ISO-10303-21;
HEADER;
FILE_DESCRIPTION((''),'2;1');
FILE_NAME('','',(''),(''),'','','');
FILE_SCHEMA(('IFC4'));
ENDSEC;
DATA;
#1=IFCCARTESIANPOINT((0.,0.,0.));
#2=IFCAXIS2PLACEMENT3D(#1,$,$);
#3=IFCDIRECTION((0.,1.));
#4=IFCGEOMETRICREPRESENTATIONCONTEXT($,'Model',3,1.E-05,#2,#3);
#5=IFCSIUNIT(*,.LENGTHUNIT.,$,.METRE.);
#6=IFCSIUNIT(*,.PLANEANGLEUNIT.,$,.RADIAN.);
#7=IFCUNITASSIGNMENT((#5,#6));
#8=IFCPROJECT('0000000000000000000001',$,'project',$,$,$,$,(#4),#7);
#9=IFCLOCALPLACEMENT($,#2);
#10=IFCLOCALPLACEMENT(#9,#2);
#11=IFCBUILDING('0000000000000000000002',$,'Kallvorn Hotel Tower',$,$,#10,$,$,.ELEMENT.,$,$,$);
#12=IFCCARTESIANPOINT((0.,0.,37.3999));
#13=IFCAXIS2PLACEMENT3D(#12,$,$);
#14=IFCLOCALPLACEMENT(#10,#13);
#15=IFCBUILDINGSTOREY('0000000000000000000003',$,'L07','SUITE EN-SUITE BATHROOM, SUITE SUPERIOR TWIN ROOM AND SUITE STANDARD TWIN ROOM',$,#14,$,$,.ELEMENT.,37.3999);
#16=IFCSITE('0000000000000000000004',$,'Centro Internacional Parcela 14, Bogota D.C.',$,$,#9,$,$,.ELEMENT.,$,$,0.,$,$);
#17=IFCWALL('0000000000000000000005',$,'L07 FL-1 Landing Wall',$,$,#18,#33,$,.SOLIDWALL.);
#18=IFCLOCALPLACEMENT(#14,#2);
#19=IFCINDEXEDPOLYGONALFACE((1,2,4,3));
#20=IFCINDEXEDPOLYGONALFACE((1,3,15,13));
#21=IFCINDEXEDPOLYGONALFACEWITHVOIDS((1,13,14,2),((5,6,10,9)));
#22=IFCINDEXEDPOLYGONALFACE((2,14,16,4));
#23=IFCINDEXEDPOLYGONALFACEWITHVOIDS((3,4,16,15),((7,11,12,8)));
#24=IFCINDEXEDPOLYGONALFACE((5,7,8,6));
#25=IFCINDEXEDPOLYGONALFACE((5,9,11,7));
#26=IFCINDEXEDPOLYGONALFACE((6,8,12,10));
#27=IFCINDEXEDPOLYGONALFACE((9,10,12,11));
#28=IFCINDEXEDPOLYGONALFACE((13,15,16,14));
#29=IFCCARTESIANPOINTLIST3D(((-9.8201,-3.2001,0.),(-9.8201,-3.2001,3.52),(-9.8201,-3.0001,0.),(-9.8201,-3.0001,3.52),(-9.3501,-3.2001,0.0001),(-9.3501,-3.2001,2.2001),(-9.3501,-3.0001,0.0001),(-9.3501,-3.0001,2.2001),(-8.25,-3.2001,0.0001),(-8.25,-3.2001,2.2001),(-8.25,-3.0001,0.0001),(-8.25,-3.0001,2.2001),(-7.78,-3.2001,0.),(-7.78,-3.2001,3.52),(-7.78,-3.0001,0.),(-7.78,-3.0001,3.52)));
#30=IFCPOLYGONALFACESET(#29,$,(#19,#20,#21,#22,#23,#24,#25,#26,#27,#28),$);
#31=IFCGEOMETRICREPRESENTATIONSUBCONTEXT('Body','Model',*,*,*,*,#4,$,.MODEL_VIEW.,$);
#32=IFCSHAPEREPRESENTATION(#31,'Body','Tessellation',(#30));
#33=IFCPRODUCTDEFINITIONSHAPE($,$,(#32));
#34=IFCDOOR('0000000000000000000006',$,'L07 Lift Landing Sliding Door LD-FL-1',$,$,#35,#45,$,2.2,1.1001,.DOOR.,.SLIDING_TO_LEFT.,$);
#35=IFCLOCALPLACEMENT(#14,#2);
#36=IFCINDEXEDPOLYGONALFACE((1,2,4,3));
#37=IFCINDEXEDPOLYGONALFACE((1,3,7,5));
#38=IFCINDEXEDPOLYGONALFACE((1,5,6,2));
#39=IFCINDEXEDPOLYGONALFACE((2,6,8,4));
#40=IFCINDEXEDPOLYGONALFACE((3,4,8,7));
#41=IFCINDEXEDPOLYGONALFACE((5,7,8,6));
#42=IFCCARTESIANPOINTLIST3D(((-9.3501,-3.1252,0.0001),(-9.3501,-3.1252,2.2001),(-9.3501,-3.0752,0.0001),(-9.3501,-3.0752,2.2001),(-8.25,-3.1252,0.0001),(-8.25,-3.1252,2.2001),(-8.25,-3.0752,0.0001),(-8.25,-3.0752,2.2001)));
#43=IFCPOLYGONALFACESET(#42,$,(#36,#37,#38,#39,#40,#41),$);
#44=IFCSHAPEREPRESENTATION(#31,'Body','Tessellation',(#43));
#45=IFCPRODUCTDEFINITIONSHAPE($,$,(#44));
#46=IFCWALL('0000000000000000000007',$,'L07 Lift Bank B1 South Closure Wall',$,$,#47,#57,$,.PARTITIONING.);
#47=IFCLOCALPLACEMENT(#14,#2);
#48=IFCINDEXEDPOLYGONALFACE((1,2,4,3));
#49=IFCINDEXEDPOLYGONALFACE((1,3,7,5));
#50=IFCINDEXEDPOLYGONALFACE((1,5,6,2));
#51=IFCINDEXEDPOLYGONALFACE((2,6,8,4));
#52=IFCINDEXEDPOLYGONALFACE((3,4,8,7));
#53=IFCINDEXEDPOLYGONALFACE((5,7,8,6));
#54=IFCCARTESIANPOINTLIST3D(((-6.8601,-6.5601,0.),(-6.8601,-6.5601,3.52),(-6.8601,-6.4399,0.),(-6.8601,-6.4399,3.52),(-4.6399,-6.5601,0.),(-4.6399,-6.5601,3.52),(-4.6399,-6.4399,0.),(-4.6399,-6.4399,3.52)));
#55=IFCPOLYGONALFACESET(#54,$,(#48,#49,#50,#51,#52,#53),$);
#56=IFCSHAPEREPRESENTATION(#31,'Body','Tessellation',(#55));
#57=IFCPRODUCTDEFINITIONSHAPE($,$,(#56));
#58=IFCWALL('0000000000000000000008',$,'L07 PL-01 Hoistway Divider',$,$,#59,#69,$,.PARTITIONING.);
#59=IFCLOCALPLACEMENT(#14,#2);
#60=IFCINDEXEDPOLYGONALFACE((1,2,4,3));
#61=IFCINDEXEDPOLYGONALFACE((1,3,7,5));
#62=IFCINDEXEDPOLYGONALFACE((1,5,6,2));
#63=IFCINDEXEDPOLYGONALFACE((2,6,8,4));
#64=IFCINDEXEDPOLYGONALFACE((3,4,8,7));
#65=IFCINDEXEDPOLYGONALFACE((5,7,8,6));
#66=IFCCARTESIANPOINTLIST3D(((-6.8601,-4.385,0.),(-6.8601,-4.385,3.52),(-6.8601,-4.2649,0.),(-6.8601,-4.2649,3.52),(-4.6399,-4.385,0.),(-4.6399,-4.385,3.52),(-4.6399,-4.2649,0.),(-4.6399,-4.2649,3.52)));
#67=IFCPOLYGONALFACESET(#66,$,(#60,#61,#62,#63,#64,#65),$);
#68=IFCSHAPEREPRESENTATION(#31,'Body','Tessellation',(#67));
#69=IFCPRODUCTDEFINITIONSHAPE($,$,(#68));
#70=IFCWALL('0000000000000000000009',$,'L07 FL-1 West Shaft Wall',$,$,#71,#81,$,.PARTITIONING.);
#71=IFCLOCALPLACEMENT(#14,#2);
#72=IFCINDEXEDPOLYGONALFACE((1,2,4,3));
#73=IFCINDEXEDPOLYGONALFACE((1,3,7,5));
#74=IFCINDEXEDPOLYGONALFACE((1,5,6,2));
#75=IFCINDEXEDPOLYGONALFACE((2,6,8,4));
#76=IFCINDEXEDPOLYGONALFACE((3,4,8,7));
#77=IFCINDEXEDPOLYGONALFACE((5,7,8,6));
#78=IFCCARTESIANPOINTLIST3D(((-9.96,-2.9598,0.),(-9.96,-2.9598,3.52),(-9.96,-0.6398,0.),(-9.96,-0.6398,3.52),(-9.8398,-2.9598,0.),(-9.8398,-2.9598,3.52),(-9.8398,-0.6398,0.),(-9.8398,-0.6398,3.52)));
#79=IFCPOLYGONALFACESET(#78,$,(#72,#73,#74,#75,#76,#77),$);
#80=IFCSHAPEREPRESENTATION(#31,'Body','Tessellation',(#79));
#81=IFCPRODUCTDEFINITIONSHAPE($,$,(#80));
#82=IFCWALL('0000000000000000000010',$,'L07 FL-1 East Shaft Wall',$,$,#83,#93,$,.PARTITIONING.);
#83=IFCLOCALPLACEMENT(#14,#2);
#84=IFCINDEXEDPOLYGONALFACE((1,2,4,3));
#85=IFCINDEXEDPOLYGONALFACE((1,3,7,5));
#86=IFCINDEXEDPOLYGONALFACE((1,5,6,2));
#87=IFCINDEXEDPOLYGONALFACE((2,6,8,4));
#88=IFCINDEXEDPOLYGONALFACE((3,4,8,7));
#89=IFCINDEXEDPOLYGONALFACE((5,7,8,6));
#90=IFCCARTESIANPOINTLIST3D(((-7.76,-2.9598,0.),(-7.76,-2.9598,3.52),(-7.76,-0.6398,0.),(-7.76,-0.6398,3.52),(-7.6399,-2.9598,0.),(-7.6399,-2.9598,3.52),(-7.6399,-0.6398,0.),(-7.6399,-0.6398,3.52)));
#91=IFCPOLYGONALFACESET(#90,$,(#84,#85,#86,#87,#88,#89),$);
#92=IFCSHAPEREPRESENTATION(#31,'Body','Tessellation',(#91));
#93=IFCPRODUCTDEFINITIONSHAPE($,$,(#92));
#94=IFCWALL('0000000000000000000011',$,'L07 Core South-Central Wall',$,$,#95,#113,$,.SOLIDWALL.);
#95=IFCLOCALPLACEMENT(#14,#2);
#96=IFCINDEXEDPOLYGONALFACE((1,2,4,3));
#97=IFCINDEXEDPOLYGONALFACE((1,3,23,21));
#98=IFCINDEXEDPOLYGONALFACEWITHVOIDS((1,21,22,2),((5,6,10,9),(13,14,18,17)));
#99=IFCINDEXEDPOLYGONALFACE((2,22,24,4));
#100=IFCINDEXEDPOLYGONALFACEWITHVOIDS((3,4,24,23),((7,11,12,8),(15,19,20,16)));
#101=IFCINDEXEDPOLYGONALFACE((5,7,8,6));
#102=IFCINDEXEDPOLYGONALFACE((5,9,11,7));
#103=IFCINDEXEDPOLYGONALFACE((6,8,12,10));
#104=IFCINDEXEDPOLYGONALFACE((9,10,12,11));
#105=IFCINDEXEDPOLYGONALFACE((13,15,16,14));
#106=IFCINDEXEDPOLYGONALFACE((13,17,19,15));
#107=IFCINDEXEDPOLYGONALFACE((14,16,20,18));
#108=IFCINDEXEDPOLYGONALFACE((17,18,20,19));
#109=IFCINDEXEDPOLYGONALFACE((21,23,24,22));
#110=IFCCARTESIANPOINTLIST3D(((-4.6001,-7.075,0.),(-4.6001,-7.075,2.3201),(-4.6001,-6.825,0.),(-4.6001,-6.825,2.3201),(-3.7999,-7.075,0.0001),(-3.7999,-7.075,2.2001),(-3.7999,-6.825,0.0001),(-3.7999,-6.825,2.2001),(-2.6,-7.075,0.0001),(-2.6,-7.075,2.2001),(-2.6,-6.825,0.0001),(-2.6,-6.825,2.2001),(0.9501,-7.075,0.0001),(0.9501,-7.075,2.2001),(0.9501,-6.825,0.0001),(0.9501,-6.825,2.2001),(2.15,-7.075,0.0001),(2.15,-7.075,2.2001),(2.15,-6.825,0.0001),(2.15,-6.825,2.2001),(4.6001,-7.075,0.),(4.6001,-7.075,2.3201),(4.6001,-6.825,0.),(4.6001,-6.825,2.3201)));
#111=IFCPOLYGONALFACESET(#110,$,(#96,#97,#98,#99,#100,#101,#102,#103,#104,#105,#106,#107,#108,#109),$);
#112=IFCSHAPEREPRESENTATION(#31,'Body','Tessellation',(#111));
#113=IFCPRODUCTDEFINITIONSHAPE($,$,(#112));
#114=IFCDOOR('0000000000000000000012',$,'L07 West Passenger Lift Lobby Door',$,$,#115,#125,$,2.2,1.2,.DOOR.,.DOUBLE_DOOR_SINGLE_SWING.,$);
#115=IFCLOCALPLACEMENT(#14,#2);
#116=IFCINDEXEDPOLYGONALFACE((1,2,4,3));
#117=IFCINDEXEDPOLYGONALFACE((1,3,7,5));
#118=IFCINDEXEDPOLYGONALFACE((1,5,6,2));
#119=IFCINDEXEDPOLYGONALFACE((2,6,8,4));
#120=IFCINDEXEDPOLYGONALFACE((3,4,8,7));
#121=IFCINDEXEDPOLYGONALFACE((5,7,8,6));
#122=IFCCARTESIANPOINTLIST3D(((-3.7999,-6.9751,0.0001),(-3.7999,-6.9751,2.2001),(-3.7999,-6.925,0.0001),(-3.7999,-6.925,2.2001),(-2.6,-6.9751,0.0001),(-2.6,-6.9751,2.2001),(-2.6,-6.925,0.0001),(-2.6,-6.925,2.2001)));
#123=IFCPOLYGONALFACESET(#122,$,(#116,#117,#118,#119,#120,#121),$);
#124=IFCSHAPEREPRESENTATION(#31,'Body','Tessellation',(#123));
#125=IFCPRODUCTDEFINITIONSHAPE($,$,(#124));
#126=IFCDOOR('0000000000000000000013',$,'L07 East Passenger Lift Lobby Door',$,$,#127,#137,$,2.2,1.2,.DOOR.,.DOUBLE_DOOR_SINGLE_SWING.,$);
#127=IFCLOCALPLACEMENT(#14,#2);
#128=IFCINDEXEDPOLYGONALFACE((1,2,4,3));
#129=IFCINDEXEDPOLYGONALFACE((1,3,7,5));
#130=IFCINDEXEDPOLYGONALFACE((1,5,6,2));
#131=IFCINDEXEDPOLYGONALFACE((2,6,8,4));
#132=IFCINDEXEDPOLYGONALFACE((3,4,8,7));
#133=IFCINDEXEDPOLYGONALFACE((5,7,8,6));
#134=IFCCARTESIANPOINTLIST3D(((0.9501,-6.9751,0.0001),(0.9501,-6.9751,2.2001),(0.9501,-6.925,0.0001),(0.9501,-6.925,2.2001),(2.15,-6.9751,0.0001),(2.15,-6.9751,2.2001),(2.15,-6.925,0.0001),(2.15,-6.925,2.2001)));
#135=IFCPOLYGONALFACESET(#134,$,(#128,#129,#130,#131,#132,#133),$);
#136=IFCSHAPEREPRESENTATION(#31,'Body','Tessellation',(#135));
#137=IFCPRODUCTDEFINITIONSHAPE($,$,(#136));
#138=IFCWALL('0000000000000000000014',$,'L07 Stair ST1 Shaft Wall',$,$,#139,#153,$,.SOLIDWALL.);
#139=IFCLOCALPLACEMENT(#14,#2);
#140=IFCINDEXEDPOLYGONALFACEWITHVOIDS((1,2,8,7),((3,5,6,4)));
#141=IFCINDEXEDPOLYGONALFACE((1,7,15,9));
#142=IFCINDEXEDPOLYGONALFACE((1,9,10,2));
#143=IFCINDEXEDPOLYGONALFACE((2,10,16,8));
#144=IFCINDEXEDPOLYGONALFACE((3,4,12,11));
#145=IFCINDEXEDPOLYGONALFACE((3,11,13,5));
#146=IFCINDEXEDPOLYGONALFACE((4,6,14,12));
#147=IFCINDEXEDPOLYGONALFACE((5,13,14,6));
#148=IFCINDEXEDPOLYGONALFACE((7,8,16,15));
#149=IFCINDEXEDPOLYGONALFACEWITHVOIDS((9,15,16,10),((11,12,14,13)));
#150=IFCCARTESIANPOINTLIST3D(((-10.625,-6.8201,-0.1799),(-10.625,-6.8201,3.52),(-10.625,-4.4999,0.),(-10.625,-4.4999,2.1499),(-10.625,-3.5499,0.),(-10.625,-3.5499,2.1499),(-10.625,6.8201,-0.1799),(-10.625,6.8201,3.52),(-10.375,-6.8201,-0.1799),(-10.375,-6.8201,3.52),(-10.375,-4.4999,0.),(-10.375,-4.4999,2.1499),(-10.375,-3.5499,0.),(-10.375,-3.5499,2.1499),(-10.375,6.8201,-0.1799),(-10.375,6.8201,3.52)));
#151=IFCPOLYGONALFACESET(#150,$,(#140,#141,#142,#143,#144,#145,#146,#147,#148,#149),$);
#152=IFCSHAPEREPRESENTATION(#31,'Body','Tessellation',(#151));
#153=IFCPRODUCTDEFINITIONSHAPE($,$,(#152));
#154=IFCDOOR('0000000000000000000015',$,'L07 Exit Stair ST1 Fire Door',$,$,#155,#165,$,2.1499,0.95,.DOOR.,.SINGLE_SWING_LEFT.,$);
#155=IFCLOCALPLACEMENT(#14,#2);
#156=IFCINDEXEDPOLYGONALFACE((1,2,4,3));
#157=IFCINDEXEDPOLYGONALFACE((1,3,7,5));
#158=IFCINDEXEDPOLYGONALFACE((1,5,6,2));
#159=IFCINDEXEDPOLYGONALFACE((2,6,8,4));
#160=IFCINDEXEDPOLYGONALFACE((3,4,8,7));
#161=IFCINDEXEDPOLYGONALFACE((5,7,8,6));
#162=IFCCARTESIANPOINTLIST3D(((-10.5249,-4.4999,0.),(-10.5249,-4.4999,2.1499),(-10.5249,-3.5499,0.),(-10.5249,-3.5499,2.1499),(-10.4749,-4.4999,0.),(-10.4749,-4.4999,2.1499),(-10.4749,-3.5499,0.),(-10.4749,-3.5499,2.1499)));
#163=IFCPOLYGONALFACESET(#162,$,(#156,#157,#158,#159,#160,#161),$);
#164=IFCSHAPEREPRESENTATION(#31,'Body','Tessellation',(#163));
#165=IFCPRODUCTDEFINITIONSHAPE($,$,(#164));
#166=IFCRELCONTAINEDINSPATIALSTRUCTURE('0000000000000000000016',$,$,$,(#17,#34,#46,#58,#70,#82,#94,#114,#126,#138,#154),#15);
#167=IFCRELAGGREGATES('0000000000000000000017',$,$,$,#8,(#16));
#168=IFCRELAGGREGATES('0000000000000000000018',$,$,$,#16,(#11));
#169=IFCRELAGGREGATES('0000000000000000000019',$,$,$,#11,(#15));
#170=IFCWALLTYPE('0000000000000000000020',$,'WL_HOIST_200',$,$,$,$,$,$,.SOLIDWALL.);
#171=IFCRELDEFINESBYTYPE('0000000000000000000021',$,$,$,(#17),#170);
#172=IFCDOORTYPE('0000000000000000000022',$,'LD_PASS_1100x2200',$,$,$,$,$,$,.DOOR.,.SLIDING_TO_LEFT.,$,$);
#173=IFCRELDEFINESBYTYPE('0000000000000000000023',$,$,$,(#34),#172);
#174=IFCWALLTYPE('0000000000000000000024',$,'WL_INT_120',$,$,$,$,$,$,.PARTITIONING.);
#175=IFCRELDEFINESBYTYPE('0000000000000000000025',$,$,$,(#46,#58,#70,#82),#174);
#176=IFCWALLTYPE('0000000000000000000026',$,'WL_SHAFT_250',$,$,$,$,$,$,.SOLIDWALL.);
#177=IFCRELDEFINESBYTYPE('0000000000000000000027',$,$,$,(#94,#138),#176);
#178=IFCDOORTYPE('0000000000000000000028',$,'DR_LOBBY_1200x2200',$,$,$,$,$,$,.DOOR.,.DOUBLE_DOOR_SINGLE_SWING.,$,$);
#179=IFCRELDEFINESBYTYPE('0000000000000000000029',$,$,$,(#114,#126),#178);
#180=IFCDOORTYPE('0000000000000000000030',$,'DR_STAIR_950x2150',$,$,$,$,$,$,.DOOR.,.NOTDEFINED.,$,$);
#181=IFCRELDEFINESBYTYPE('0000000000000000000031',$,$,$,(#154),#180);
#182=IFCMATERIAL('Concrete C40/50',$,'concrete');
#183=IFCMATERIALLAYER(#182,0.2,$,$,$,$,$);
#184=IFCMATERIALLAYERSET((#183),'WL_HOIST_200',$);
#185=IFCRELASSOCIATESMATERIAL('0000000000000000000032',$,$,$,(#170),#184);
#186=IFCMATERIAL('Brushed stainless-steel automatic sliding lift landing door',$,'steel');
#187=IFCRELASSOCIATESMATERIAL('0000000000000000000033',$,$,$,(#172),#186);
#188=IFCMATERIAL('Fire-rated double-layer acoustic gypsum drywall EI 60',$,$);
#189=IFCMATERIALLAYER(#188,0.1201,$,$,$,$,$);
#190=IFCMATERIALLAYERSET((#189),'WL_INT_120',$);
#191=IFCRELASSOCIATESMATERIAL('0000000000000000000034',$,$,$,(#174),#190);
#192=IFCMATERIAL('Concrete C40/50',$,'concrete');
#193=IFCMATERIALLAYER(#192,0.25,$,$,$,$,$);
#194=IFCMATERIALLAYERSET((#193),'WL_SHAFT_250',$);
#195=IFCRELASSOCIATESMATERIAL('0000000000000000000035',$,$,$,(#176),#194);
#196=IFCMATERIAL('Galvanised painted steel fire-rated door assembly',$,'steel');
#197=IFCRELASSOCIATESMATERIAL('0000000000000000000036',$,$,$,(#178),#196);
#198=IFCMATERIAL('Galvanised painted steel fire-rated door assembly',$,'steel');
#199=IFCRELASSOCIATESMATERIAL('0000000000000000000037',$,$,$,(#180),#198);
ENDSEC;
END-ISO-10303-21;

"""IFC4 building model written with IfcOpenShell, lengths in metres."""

from ifc_helpers import new_model, si_unit, direction, frame, frame_2d, origin, place, context, subcontext, project, spatial, rectangle, extrude, material, layer, layer_set, type_object, element, fill, save


model = new_model("IFC4")

# Units and contexts
model_context = context("Model", 3, precision=1e-05, world=origin(), true_north=direction((0.0, 1.0)))
body_context = subcontext(model_context, "Body", "Model", "MODEL_VIEW")
ifc_project = project(units=[si_unit("LENGTHUNIT", "METRE"), si_unit("PLANEANGLEUNIT", "RADIAN")], contexts=[model_context])

# Site, building, storey
site_placement = place(None, origin())
site = spatial("IfcSite", under=ifc_project, at=site_placement, Name="Centro Internacional Parcela 14, Bogota D.C.", CompositionType="ELEMENT", RefElevation=0.0)
building_placement = place(site_placement, origin())
building = spatial("IfcBuilding", under=site, at=building_placement, Name="Kallvorn Hotel Tower", CompositionType="ELEMENT")
storey_placement = place(building_placement, frame((0.0, 0.0, 37.3999)))
storey = spatial("IfcBuildingStorey", under=building, at=storey_placement, Name="L07", Description="SUITE EN-SUITE BATHROOM, SUITE SUPERIOR TWIN ROOM AND SUITE STANDARD TWIN ROOM", CompositionType="ELEMENT", Elevation=37.3999)

# Shared definitions
ifc_material_1 = material(Name="Concrete C40/50", Category="concrete")
ifc_layer_1 = layer(ifc_material_1, 0.2)
ifc_layer_set_1 = layer_set([ifc_layer_1], Name="WL_HOIST_200")
wall_type_1 = type_object("IfcWallType", Name="WL_HOIST_200", PredefinedType="SOLIDWALL", material=ifc_layer_set_1)
ifc_material_2 = material(Name="Brushed stainless-steel automatic sliding lift landing door", Category="steel")
door_type_1 = type_object("IfcDoorType", Name="LD_PASS_1100x2200", OperationType="SLIDING_TO_LEFT", PredefinedType="DOOR", material=ifc_material_2)

# Wall, opening, door
wall_1_placement = place(storey_placement, frame((-9.8201, -3.1001, 0.0), z_axis=(0.0, 0.0, 1.0), x_axis=(1.0, 0.0, 0.0)))
wall_1 = element("IfcWall", 1, at=wall_1_placement, inside=storey, type_object=wall_type_1, Name="L07 FL-1 Landing Wall", PredefinedType="SOLIDWALL", context=body_context, shape_type="SweptSolid", body=[
    extrude(rectangle(XDim=2.04, YDim=0.2, at=frame_2d((1.02, 0.0))), origin(), (0.0, 0.0, 1.0), 3.52),
])
opening_1_placement = place(wall_1_placement, frame((0.47, 0.0, 0.0)))
opening_1 = element("IfcOpeningElement", 2, at=opening_1_placement, cuts=wall_1, PredefinedType="OPENING", context=body_context, shape_type="SweptSolid", body=[
    extrude(rectangle(XDim=1.1001, YDim=2.2, at=frame_2d((0.55, 1.1001))), frame((0.0, 0.115, 0.0), z_axis=(0.0, -1.0, 0.0), x_axis=(1.0, 0.0, 0.0)), (0.0, 0.0, 1.0), 0.23),
])
door_1_placement = place(opening_1_placement, origin())
door_1 = element("IfcDoor", 3, at=door_1_placement, inside=storey, type_object=door_type_1, Name="L07 Lift Landing Sliding Door LD-FL-1", OperationType="SLIDING_TO_LEFT", OverallHeight=2.2, OverallWidth=1.1001, PredefinedType="DOOR", context=body_context, shape_type="SweptSolid", body=[
    extrude(rectangle(XDim=1.1001, YDim=2.2, at=frame_2d((0.55, 1.1001))), frame((0.0, 0.0249, 0.0), z_axis=(0.0, -1.0, 0.0), x_axis=(1.0, 0.0, 0.0)), (0.0, 0.0, 1.0), 0.05),
])
fill(opening_1, door_1)

# Walls
ifc_material_3 = material(Name="Fire-rated double-layer acoustic gypsum drywall EI 60")
ifc_layer_2 = layer(ifc_material_3, 0.1201)
ifc_layer_set_2 = layer_set([ifc_layer_2], Name="WL_INT_120")
wall_type_2 = type_object("IfcWallType", Name="WL_INT_120", PredefinedType="PARTITIONING", material=ifc_layer_set_2)
for number, where, z_axis, x_axis, name in (
    (4, (-6.8601, -6.5, 0.0), (0.0, 0.0, 1.0), (1.0, 0.0, 0.0), "L07 Lift Bank B1 South Closure Wall"),
    (5, (-6.8601, -4.325, 0.0), (0.0, 0.0, 1.0), (1.0, 0.0, 0.0), "L07 PL-01 Hoistway Divider"),
):
    element("IfcWall", number, at=place(storey_placement, frame(where, z_axis=z_axis, x_axis=x_axis)), inside=storey, type_object=wall_type_2, Name=name, PredefinedType="PARTITIONING", context=body_context, shape_type="SweptSolid", body=[
        extrude(rectangle(XDim=2.2202, YDim=0.1201, at=frame_2d((1.1101, 0.0))), origin(), (0.0, 0.0, 1.0), 3.52),
    ])
for number, where, z_axis, x_axis, name in (
    (6, (-9.8999, -2.96, 0.0), (0.0, 0.0, 1.0), (0.0, 1.0, 0.0), "L07 FL-1 West Shaft Wall"),
    (7, (-7.7, -2.96, 0.0), (0.0, 0.0, 1.0), (0.0, 1.0, 0.0), "L07 FL-1 East Shaft Wall"),
):
    element("IfcWall", number, at=place(storey_placement, frame(where, z_axis=z_axis, x_axis=x_axis)), inside=storey, type_object=wall_type_2, Name=name, PredefinedType="PARTITIONING", context=body_context, shape_type="SweptSolid", body=[
        extrude(rectangle(XDim=2.3201, YDim=0.1201, at=frame_2d((1.1602, 0.0))), origin(), (0.0, 0.0, 1.0), 3.52),
    ])

# Wall, openings, doors
ifc_material_4 = material(Name="Concrete C40/50", Category="concrete")
ifc_layer_3 = layer(ifc_material_4, 0.25)
ifc_layer_set_3 = layer_set([ifc_layer_3], Name="WL_SHAFT_250")
wall_type_3 = type_object("IfcWallType", Name="WL_SHAFT_250", PredefinedType="SOLIDWALL", material=ifc_layer_set_3)
wall_2_placement = place(storey_placement, frame((-4.6001, -6.95, 0.0), z_axis=(0.0, 0.0, 1.0), x_axis=(1.0, 0.0, 0.0)))
wall_2 = element("IfcWall", 8, at=wall_2_placement, inside=storey, type_object=wall_type_3, Name="L07 Core South-Central Wall", PredefinedType="SOLIDWALL", context=body_context, shape_type="SweptSolid", body=[
    extrude(rectangle(XDim=9.2002, YDim=0.25, at=frame_2d((4.6001, 0.0))), origin(), (0.0, 0.0, 1.0), 2.3201),
])
opening_2_placement = place(wall_2_placement, frame((0.8, 0.0, 0.0)))
opening_2 = element("IfcOpeningElement", 9, at=opening_2_placement, cuts=wall_2, PredefinedType="OPENING", context=body_context, shape_type="SweptSolid", body=[
    extrude(rectangle(XDim=1.2, YDim=2.2, at=frame_2d((0.6001, 1.1001))), frame((0.0, 0.1399, 0.0), z_axis=(0.0, -1.0, 0.0), x_axis=(1.0, 0.0, 0.0)), (0.0, 0.0, 1.0), 0.28),
])
opening_3_placement = place(wall_2_placement, frame((5.55, 0.0, 0.0)))
opening_3 = element("IfcOpeningElement", 10, at=opening_3_placement, cuts=wall_2, PredefinedType="OPENING", context=body_context, shape_type="SweptSolid", body=[
    extrude(rectangle(XDim=1.2, YDim=2.2, at=frame_2d((0.6001, 1.1001))), frame((0.0, 0.1399, 0.0), z_axis=(0.0, -1.0, 0.0), x_axis=(1.0, 0.0, 0.0)), (0.0, 0.0, 1.0), 0.28),
])
ifc_material_5 = material(Name="Galvanised painted steel fire-rated door assembly", Category="steel")
door_type_2 = type_object("IfcDoorType", Name="DR_LOBBY_1200x2200", OperationType="DOUBLE_DOOR_SINGLE_SWING", PredefinedType="DOOR", material=ifc_material_5)
door_2_placement = place(opening_2_placement, origin())
door_2 = element("IfcDoor", 11, at=door_2_placement, inside=storey, type_object=door_type_2, Name="L07 West Passenger Lift Lobby Door", OperationType="DOUBLE_DOOR_SINGLE_SWING", OverallHeight=2.2, OverallWidth=1.2, PredefinedType="DOOR", context=body_context, shape_type="SweptSolid", body=[
    extrude(rectangle(XDim=1.2, YDim=2.2, at=frame_2d((0.6001, 1.1001))), frame((0.0, 0.0249, 0.0), z_axis=(0.0, -1.0, 0.0), x_axis=(1.0, 0.0, 0.0)), (0.0, 0.0, 1.0), 0.05),
])
fill(opening_2, door_2)
door_3_placement = place(opening_3_placement, origin())
door_3 = element("IfcDoor", 12, at=door_3_placement, inside=storey, type_object=door_type_2, Name="L07 East Passenger Lift Lobby Door", OperationType="DOUBLE_DOOR_SINGLE_SWING", OverallHeight=2.2, OverallWidth=1.2, PredefinedType="DOOR", context=body_context, shape_type="SweptSolid", body=[
    extrude(rectangle(XDim=1.2, YDim=2.2, at=frame_2d((0.6001, 1.1001))), frame((0.0, 0.0249, 0.0), z_axis=(0.0, -1.0, 0.0), x_axis=(1.0, 0.0, 0.0)), (0.0, 0.0, 1.0), 0.05),
])
fill(opening_3, door_3)

# Wall, opening, door
wall_3_placement = place(storey_placement, frame((-10.5, -6.8201, -0.1799), z_axis=(0.0, 0.0, 1.0), x_axis=(0.0, 1.0, 0.0)))
wall_3 = element("IfcWall", 13, at=wall_3_placement, inside=storey, type_object=wall_type_3, Name="L07 Stair ST1 Shaft Wall", PredefinedType="SOLIDWALL", context=body_context, shape_type="SweptSolid", body=[
    extrude(rectangle(XDim=13.6401, YDim=0.25, at=frame_2d((6.8201, 0.0))), origin(), (0.0, 0.0, 1.0), 3.7),
])
opening_4_placement = place(wall_3_placement, frame((2.3201, 0.0, 0.1799)))
opening_4 = element("IfcOpeningElement", 14, at=opening_4_placement, cuts=wall_3, PredefinedType="OPENING", context=body_context, shape_type="SweptSolid", body=[
    extrude(rectangle(XDim=0.95, YDim=2.1499, at=frame_2d((0.4751, 1.075))), frame((0.0, 0.1399, 0.0), z_axis=(0.0, -1.0, 0.0), x_axis=(1.0, 0.0, 0.0)), (0.0, 0.0, 1.0), 0.28),
])
ifc_material_6 = material(Name="Galvanised painted steel fire-rated door assembly", Category="steel")
door_type_3 = type_object("IfcDoorType", Name="DR_STAIR_950x2150", OperationType="NOTDEFINED", PredefinedType="DOOR", material=ifc_material_6)
door_4_placement = place(opening_4_placement, origin())
door_4 = element("IfcDoor", 15, at=door_4_placement, inside=storey, type_object=door_type_3, Name="L07 Exit Stair ST1 Fire Door", OperationType="SINGLE_SWING_LEFT", OverallHeight=2.1499, OverallWidth=0.95, PredefinedType="DOOR", context=body_context, shape_type="SweptSolid", body=[
    extrude(rectangle(XDim=0.95, YDim=2.1499, at=frame_2d((0.4751, 1.075))), frame((0.0, 0.0249, 0.0), z_axis=(0.0, -1.0, 0.0), x_axis=(1.0, 0.0, 0.0)), (0.0, 0.0, 1.0), 0.05),
])
fill(opening_4, door_4)

save(model, "model.ifc")
